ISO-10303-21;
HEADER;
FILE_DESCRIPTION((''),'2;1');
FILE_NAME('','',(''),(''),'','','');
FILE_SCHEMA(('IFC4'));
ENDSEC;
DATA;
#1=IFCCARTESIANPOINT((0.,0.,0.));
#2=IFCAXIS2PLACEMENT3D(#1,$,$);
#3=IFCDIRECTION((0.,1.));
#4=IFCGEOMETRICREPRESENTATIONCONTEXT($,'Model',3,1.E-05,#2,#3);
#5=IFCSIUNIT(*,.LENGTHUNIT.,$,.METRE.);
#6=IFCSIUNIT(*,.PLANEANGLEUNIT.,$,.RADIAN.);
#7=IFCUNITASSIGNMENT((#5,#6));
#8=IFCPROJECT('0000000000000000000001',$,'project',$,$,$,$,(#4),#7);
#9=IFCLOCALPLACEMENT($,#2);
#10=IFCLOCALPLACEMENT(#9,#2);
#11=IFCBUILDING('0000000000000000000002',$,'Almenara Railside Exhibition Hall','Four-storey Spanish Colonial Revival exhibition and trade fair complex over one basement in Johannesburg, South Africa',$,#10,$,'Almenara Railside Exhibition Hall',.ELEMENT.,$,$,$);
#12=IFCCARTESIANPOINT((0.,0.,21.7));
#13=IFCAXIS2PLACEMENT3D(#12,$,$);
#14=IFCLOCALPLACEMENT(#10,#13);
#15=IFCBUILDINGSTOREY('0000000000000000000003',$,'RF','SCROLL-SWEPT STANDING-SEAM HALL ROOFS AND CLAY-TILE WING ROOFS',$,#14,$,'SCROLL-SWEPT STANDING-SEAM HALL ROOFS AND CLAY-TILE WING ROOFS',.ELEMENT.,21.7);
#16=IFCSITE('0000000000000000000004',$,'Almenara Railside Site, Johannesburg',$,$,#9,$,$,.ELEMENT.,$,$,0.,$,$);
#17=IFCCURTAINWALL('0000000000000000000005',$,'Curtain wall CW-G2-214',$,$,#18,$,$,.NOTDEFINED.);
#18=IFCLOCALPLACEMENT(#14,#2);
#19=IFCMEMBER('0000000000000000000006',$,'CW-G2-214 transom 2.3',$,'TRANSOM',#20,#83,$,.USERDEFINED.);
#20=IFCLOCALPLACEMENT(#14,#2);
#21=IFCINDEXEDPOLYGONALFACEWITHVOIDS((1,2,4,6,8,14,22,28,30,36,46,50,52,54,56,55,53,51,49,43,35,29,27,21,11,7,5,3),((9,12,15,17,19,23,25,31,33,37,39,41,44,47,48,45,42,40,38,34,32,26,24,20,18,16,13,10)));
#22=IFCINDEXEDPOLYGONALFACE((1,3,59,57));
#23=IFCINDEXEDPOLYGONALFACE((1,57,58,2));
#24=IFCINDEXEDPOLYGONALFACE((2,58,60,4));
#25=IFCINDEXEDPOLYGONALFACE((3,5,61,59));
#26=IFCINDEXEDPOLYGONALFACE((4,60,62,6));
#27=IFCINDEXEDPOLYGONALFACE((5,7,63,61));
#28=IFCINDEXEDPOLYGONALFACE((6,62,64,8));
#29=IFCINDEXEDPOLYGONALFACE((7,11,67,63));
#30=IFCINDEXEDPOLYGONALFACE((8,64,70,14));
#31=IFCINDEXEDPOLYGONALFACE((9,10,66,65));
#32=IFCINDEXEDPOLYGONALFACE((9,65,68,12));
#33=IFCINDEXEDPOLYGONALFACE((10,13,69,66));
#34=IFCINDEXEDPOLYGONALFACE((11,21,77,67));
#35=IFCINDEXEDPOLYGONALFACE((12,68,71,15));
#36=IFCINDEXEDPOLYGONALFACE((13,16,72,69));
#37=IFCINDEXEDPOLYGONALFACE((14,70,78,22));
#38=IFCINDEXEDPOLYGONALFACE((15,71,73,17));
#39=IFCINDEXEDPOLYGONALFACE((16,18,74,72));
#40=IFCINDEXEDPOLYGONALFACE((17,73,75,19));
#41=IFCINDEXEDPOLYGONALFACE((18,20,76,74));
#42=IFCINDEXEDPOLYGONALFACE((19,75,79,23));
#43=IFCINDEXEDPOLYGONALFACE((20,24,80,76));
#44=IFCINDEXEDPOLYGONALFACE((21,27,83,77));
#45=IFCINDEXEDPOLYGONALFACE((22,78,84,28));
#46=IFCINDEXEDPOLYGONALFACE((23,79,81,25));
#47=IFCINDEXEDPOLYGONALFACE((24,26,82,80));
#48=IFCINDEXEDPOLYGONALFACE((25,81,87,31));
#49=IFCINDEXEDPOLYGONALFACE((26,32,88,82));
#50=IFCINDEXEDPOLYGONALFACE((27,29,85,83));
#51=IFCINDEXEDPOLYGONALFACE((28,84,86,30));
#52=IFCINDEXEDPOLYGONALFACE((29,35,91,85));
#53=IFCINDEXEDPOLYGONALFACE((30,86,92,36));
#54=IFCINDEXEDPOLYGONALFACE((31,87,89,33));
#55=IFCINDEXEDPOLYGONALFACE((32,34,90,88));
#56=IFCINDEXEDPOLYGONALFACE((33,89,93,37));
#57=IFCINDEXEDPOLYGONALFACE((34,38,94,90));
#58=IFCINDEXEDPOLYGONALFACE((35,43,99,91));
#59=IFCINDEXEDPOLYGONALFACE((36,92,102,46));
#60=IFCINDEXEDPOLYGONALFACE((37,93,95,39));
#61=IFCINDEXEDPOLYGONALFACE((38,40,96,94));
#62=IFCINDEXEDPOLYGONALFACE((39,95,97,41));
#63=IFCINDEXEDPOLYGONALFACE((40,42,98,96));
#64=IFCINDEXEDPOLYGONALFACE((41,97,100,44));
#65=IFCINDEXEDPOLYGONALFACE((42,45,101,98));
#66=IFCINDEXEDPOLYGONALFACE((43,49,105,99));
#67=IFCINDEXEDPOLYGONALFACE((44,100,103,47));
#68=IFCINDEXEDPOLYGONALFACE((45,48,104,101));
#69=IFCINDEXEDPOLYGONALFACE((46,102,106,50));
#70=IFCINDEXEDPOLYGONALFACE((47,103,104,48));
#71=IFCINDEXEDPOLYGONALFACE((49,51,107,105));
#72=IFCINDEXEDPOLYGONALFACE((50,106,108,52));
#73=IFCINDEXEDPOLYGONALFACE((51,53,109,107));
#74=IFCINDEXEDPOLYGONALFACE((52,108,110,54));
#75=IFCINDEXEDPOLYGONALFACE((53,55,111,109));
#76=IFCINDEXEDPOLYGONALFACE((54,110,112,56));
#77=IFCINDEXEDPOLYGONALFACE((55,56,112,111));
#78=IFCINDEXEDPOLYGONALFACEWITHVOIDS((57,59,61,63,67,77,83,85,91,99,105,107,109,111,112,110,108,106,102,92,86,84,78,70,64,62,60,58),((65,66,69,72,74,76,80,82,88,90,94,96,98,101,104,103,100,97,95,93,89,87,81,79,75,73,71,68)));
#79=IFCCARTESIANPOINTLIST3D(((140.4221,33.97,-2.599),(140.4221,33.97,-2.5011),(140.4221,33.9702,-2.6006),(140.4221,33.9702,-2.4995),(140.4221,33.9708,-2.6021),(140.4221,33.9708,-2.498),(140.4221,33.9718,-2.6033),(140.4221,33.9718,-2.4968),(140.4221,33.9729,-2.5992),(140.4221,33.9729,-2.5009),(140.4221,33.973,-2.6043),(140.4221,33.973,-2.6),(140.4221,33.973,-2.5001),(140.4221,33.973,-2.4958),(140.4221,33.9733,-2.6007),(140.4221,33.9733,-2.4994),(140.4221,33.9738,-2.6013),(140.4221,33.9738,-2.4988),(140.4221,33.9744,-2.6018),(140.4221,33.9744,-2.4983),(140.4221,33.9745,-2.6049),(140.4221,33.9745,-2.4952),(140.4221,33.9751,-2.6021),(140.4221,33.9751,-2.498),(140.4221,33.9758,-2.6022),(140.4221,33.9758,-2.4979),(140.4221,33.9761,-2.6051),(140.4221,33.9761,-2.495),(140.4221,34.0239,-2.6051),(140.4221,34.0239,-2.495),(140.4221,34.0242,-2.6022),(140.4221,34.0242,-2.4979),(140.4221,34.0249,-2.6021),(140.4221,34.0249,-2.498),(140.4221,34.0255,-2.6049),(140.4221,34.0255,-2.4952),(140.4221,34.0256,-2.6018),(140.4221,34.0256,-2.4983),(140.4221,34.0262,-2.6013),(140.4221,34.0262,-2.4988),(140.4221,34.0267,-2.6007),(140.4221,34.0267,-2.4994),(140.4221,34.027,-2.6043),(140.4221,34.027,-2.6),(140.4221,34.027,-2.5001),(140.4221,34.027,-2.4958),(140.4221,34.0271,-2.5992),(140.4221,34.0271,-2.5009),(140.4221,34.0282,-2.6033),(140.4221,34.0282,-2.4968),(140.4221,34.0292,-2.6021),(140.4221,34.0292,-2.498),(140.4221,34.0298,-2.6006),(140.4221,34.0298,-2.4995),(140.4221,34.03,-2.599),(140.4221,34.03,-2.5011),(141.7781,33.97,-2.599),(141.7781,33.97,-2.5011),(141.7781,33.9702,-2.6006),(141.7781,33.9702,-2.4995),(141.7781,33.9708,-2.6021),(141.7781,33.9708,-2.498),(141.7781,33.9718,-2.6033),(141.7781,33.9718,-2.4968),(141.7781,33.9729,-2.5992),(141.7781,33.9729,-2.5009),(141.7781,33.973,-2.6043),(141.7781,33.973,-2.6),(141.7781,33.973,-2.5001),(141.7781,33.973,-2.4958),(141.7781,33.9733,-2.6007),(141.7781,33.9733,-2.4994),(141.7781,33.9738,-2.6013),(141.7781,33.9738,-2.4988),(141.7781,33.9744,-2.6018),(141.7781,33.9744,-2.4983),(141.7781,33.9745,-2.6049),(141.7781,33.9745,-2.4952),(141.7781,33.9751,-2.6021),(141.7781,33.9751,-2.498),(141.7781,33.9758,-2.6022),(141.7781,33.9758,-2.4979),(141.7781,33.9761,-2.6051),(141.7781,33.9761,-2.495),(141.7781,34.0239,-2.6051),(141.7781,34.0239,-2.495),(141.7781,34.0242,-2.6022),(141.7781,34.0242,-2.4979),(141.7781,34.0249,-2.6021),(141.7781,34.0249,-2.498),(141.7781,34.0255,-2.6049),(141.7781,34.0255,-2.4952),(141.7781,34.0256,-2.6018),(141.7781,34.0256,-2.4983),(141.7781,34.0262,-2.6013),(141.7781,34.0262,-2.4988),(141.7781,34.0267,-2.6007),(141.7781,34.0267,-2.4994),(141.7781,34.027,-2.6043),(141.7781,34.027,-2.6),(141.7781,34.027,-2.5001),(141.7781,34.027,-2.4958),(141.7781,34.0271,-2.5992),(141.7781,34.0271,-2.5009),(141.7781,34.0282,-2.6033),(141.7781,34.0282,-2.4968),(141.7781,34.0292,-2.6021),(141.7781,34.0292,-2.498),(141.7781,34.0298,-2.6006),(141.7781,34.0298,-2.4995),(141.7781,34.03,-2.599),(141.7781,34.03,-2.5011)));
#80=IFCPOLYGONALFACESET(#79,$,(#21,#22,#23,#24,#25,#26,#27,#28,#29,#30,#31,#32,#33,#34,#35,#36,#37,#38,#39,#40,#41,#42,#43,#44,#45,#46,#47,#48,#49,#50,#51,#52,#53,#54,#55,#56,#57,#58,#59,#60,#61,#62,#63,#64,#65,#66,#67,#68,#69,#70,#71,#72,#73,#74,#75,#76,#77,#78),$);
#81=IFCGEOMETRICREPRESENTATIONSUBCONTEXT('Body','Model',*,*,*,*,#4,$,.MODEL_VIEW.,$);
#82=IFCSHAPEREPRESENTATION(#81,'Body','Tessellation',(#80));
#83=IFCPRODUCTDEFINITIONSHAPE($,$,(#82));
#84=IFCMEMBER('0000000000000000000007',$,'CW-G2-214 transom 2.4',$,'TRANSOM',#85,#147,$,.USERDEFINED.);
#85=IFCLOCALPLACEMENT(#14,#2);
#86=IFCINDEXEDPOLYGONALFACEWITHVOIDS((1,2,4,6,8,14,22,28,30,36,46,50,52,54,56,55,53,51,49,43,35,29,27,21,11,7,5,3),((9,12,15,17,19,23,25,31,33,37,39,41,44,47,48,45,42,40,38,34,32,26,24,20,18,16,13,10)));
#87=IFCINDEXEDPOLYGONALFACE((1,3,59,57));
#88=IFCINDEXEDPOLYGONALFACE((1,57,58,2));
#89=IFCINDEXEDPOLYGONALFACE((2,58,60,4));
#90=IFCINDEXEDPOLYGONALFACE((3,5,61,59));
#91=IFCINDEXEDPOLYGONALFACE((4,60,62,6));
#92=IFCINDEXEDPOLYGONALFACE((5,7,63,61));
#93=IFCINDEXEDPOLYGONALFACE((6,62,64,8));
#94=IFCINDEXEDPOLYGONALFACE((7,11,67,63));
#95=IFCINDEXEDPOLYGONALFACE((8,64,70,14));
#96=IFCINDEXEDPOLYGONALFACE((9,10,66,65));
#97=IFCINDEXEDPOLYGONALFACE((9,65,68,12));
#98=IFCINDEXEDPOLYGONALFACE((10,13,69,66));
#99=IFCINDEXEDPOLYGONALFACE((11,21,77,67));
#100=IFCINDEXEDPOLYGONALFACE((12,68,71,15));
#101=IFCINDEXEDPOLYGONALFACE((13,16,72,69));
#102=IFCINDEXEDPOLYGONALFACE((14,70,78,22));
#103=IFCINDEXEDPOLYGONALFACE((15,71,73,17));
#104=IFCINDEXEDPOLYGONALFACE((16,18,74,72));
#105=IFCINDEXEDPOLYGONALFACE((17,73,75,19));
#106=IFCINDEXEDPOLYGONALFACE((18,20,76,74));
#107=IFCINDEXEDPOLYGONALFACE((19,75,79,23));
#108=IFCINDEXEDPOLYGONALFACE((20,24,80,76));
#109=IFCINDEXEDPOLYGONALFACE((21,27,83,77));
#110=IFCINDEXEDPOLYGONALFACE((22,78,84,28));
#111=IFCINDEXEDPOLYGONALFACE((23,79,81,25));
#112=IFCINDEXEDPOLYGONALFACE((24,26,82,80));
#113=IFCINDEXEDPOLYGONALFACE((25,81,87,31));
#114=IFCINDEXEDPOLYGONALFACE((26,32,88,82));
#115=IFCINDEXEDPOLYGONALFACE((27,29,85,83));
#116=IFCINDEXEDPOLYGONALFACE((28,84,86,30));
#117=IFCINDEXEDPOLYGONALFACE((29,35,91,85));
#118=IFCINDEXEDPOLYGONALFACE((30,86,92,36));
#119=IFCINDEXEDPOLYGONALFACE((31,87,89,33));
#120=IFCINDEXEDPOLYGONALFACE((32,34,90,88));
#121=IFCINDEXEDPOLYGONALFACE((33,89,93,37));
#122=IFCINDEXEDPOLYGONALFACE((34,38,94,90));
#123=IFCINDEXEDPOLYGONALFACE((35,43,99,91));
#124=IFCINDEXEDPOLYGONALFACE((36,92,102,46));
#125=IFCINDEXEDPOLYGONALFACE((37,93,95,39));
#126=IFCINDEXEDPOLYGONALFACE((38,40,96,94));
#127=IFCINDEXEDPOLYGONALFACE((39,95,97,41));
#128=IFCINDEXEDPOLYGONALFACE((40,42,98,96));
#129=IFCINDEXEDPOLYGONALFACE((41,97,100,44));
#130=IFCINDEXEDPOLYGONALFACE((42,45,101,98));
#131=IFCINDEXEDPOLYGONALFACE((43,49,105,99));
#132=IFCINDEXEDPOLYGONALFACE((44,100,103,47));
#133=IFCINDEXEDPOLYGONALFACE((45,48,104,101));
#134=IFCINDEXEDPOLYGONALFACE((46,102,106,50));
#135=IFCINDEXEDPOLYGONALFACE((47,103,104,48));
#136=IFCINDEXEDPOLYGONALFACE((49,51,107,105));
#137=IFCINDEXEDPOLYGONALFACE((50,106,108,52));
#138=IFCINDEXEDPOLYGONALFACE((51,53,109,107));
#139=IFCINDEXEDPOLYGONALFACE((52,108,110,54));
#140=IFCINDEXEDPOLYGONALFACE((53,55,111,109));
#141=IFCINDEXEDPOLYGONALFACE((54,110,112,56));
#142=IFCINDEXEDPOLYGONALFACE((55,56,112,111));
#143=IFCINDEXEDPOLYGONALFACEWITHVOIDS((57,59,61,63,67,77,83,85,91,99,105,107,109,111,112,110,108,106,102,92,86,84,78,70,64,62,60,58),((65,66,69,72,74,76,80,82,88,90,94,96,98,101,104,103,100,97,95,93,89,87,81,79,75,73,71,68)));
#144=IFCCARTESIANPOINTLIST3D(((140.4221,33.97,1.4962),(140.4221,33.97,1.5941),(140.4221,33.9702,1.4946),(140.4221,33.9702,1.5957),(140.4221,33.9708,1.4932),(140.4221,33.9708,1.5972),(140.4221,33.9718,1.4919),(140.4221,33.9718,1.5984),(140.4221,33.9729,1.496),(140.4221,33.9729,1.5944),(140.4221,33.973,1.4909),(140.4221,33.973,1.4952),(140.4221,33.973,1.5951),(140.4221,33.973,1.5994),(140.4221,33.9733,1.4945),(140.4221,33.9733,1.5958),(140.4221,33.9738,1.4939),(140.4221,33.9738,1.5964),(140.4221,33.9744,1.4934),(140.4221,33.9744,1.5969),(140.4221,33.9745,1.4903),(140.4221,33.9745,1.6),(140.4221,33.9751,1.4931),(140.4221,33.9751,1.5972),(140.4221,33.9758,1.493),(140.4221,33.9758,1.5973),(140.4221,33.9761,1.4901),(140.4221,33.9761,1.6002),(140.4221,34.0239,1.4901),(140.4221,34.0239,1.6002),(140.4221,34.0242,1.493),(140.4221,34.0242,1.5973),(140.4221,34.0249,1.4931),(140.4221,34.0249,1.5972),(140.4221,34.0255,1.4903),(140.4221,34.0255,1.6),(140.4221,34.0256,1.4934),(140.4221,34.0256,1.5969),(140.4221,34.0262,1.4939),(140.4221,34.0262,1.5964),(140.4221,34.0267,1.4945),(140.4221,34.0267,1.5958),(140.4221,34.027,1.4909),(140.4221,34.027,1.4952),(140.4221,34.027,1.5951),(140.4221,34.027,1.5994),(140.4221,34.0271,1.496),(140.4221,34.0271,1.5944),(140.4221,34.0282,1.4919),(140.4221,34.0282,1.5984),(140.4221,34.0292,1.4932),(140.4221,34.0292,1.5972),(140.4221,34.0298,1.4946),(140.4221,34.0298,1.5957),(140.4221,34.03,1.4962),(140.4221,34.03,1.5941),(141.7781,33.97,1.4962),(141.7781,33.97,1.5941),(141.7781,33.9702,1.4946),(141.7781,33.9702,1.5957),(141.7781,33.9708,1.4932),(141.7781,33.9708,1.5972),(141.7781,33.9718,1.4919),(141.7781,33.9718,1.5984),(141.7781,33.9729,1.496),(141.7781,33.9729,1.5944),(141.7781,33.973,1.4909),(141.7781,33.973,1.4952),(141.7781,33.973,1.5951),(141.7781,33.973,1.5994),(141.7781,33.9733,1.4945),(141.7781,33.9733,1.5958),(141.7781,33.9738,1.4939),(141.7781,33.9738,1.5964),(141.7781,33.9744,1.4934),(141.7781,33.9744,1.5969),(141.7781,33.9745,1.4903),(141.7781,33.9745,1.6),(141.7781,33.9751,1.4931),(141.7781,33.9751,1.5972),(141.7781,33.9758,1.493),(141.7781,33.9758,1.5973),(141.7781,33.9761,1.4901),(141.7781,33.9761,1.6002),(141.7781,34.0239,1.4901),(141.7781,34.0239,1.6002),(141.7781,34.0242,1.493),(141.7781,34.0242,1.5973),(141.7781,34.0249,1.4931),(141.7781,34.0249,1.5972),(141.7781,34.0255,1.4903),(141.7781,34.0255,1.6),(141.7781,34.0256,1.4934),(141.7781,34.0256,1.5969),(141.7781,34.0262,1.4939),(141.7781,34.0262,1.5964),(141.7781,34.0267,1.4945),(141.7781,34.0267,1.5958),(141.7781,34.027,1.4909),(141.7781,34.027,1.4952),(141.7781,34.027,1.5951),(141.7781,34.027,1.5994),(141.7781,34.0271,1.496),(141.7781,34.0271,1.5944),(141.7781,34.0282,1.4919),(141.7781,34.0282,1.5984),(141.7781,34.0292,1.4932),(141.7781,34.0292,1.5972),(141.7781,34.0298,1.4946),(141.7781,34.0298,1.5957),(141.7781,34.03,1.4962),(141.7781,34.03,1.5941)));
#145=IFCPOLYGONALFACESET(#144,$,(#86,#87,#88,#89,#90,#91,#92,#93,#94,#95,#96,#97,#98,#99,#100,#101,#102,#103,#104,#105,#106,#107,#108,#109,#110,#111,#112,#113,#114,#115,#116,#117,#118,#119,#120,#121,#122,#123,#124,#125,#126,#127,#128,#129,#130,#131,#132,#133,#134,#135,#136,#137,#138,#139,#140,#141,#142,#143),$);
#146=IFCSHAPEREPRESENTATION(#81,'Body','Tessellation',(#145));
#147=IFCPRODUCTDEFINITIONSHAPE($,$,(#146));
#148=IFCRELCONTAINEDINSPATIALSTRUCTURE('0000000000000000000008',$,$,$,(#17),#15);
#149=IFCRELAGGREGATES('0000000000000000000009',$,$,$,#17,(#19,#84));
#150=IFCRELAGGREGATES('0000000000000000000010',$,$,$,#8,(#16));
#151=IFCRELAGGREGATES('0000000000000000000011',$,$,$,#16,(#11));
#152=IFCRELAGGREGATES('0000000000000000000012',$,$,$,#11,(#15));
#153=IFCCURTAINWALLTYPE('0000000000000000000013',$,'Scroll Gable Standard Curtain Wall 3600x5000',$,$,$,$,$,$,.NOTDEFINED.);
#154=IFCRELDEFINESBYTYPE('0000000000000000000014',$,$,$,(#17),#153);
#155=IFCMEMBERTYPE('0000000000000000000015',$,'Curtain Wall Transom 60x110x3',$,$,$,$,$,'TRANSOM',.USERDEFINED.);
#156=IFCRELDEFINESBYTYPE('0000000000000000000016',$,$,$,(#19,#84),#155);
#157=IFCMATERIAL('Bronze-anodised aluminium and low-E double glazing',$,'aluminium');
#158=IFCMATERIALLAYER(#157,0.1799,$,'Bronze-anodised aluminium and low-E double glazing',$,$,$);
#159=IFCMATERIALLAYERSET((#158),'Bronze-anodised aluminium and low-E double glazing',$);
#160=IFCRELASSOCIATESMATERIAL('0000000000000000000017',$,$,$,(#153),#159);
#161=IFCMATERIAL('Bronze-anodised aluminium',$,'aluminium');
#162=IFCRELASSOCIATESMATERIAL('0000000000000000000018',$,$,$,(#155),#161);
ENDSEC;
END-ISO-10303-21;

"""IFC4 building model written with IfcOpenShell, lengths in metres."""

from ifc_helpers import new_model, si_unit, direction, frame, origin, origin_2d, place, context, subcontext, project, spatial, hollow_rectangle, extrude, material, layer, layer_set, material_profile, profile_set, type_object, element, aggregate, save


model = new_model("IFC4")

# Units and contexts
model_context = context("Model", 3, precision=1e-05, world=origin(), true_north=direction((0.0, 1.0)))
body_context = subcontext(model_context, "Body", "Model", "MODEL_VIEW")
ifc_project = project(units=[si_unit("LENGTHUNIT", "METRE"), si_unit("PLANEANGLEUNIT", "RADIAN")], contexts=[model_context])

# Site, building, storey
site_placement = place(None, origin())
site = spatial("IfcSite", under=ifc_project, at=site_placement, Name="Almenara Railside Site, Johannesburg", CompositionType="ELEMENT", RefElevation=0.0)
building_placement = place(site_placement, origin())
building = spatial("IfcBuilding", under=site, at=building_placement, Name="Almenara Railside Exhibition Hall", Description="Four-storey Spanish Colonial Revival exhibition and trade fair complex over one basement in Johannesburg, South Africa", LongName="Almenara Railside Exhibition Hall", CompositionType="ELEMENT")
storey_placement = place(building_placement, frame((0.0, 0.0, 21.7)))
storey = spatial("IfcBuildingStorey", under=building, at=storey_placement, Name="RF", Description="SCROLL-SWEPT STANDING-SEAM HALL ROOFS AND CLAY-TILE WING ROOFS", LongName="SCROLL-SWEPT STANDING-SEAM HALL ROOFS AND CLAY-TILE WING ROOFS", CompositionType="ELEMENT", Elevation=21.7)

# Curtain wall, members
ifc_material_1 = material(Name="Bronze-anodised aluminium and low-E double glazing", Category="aluminium")
ifc_layer_1 = layer(ifc_material_1, 0.1799, Name="Bronze-anodised aluminium and low-E double glazing")
ifc_layer_set_1 = layer_set([ifc_layer_1], Name="Bronze-anodised aluminium and low-E double glazing")
curtain_wall_type = type_object("IfcCurtainWallType", Name="Scroll Gable Standard Curtain Wall 3600x5000", PredefinedType="NOTDEFINED", material=ifc_layer_set_1)
curtain_wall_placement = place(storey_placement, origin())
curtain_wall = element("IfcCurtainWall", 1, at=curtain_wall_placement, inside=storey, type_object=curtain_wall_type, Name="Curtain wall CW-G2-214", PredefinedType="NOTDEFINED")
ifc_material_2 = material(Name="Bronze-anodised aluminium", Category="aluminium")
ifc_material_profile_1 = material_profile(ifc_material_2, hollow_rectangle(XDim=0.0601, YDim=0.1101, WallThickness=0.0029, InnerFilletRadius=0.0029, OuterFilletRadius=0.0061, at=origin_2d()), Name="ALU-TRN 60x110x3")
ifc_profile_set_1 = profile_set([ifc_material_profile_1], Name="Bronze-anodised aluminium")
member_type_1 = type_object("IfcMemberType", Name="Curtain Wall Transom 60x110x3", ElementType="TRANSOM", PredefinedType="USERDEFINED", material=ifc_profile_set_1)
member_1_placement = place(storey_placement, frame((140.4221, 34.0, -2.55), z_axis=(1.0, 0.0, 0.0), x_axis=(0.0, 1.0, 0.0)))
member_1 = element("IfcMember", 2, at=member_1_placement, type_object=member_type_1, Name="CW-G2-214 transom 2.3", ObjectType="TRANSOM", PredefinedType="USERDEFINED", context=body_context, shape_type="SweptSolid", body=[
    extrude(hollow_rectangle(XDim=0.0601, YDim=0.1101, WallThickness=0.0029, InnerFilletRadius=0.0029, OuterFilletRadius=0.0061, at=origin_2d()), origin(), (0.0, 0.0, 1.0), 1.356),
])
member_2_placement = place(storey_placement, frame((140.4221, 34.0, 1.5452), z_axis=(1.0, 0.0, 0.0), x_axis=(0.0, 1.0, 0.0)))
member_2 = element("IfcMember", 3, at=member_2_placement, type_object=member_type_1, Name="CW-G2-214 transom 2.4", ObjectType="TRANSOM", PredefinedType="USERDEFINED", context=body_context, shape_type="SweptSolid", body=[
    extrude(hollow_rectangle(XDim=0.0601, YDim=0.1101, WallThickness=0.0029, InnerFilletRadius=0.0029, OuterFilletRadius=0.0061, at=origin_2d()), origin(), (0.0, 0.0, 1.0), 1.356),
])

aggregate(curtain_wall, [member_1, member_2])

save(model, "model.ifc")
